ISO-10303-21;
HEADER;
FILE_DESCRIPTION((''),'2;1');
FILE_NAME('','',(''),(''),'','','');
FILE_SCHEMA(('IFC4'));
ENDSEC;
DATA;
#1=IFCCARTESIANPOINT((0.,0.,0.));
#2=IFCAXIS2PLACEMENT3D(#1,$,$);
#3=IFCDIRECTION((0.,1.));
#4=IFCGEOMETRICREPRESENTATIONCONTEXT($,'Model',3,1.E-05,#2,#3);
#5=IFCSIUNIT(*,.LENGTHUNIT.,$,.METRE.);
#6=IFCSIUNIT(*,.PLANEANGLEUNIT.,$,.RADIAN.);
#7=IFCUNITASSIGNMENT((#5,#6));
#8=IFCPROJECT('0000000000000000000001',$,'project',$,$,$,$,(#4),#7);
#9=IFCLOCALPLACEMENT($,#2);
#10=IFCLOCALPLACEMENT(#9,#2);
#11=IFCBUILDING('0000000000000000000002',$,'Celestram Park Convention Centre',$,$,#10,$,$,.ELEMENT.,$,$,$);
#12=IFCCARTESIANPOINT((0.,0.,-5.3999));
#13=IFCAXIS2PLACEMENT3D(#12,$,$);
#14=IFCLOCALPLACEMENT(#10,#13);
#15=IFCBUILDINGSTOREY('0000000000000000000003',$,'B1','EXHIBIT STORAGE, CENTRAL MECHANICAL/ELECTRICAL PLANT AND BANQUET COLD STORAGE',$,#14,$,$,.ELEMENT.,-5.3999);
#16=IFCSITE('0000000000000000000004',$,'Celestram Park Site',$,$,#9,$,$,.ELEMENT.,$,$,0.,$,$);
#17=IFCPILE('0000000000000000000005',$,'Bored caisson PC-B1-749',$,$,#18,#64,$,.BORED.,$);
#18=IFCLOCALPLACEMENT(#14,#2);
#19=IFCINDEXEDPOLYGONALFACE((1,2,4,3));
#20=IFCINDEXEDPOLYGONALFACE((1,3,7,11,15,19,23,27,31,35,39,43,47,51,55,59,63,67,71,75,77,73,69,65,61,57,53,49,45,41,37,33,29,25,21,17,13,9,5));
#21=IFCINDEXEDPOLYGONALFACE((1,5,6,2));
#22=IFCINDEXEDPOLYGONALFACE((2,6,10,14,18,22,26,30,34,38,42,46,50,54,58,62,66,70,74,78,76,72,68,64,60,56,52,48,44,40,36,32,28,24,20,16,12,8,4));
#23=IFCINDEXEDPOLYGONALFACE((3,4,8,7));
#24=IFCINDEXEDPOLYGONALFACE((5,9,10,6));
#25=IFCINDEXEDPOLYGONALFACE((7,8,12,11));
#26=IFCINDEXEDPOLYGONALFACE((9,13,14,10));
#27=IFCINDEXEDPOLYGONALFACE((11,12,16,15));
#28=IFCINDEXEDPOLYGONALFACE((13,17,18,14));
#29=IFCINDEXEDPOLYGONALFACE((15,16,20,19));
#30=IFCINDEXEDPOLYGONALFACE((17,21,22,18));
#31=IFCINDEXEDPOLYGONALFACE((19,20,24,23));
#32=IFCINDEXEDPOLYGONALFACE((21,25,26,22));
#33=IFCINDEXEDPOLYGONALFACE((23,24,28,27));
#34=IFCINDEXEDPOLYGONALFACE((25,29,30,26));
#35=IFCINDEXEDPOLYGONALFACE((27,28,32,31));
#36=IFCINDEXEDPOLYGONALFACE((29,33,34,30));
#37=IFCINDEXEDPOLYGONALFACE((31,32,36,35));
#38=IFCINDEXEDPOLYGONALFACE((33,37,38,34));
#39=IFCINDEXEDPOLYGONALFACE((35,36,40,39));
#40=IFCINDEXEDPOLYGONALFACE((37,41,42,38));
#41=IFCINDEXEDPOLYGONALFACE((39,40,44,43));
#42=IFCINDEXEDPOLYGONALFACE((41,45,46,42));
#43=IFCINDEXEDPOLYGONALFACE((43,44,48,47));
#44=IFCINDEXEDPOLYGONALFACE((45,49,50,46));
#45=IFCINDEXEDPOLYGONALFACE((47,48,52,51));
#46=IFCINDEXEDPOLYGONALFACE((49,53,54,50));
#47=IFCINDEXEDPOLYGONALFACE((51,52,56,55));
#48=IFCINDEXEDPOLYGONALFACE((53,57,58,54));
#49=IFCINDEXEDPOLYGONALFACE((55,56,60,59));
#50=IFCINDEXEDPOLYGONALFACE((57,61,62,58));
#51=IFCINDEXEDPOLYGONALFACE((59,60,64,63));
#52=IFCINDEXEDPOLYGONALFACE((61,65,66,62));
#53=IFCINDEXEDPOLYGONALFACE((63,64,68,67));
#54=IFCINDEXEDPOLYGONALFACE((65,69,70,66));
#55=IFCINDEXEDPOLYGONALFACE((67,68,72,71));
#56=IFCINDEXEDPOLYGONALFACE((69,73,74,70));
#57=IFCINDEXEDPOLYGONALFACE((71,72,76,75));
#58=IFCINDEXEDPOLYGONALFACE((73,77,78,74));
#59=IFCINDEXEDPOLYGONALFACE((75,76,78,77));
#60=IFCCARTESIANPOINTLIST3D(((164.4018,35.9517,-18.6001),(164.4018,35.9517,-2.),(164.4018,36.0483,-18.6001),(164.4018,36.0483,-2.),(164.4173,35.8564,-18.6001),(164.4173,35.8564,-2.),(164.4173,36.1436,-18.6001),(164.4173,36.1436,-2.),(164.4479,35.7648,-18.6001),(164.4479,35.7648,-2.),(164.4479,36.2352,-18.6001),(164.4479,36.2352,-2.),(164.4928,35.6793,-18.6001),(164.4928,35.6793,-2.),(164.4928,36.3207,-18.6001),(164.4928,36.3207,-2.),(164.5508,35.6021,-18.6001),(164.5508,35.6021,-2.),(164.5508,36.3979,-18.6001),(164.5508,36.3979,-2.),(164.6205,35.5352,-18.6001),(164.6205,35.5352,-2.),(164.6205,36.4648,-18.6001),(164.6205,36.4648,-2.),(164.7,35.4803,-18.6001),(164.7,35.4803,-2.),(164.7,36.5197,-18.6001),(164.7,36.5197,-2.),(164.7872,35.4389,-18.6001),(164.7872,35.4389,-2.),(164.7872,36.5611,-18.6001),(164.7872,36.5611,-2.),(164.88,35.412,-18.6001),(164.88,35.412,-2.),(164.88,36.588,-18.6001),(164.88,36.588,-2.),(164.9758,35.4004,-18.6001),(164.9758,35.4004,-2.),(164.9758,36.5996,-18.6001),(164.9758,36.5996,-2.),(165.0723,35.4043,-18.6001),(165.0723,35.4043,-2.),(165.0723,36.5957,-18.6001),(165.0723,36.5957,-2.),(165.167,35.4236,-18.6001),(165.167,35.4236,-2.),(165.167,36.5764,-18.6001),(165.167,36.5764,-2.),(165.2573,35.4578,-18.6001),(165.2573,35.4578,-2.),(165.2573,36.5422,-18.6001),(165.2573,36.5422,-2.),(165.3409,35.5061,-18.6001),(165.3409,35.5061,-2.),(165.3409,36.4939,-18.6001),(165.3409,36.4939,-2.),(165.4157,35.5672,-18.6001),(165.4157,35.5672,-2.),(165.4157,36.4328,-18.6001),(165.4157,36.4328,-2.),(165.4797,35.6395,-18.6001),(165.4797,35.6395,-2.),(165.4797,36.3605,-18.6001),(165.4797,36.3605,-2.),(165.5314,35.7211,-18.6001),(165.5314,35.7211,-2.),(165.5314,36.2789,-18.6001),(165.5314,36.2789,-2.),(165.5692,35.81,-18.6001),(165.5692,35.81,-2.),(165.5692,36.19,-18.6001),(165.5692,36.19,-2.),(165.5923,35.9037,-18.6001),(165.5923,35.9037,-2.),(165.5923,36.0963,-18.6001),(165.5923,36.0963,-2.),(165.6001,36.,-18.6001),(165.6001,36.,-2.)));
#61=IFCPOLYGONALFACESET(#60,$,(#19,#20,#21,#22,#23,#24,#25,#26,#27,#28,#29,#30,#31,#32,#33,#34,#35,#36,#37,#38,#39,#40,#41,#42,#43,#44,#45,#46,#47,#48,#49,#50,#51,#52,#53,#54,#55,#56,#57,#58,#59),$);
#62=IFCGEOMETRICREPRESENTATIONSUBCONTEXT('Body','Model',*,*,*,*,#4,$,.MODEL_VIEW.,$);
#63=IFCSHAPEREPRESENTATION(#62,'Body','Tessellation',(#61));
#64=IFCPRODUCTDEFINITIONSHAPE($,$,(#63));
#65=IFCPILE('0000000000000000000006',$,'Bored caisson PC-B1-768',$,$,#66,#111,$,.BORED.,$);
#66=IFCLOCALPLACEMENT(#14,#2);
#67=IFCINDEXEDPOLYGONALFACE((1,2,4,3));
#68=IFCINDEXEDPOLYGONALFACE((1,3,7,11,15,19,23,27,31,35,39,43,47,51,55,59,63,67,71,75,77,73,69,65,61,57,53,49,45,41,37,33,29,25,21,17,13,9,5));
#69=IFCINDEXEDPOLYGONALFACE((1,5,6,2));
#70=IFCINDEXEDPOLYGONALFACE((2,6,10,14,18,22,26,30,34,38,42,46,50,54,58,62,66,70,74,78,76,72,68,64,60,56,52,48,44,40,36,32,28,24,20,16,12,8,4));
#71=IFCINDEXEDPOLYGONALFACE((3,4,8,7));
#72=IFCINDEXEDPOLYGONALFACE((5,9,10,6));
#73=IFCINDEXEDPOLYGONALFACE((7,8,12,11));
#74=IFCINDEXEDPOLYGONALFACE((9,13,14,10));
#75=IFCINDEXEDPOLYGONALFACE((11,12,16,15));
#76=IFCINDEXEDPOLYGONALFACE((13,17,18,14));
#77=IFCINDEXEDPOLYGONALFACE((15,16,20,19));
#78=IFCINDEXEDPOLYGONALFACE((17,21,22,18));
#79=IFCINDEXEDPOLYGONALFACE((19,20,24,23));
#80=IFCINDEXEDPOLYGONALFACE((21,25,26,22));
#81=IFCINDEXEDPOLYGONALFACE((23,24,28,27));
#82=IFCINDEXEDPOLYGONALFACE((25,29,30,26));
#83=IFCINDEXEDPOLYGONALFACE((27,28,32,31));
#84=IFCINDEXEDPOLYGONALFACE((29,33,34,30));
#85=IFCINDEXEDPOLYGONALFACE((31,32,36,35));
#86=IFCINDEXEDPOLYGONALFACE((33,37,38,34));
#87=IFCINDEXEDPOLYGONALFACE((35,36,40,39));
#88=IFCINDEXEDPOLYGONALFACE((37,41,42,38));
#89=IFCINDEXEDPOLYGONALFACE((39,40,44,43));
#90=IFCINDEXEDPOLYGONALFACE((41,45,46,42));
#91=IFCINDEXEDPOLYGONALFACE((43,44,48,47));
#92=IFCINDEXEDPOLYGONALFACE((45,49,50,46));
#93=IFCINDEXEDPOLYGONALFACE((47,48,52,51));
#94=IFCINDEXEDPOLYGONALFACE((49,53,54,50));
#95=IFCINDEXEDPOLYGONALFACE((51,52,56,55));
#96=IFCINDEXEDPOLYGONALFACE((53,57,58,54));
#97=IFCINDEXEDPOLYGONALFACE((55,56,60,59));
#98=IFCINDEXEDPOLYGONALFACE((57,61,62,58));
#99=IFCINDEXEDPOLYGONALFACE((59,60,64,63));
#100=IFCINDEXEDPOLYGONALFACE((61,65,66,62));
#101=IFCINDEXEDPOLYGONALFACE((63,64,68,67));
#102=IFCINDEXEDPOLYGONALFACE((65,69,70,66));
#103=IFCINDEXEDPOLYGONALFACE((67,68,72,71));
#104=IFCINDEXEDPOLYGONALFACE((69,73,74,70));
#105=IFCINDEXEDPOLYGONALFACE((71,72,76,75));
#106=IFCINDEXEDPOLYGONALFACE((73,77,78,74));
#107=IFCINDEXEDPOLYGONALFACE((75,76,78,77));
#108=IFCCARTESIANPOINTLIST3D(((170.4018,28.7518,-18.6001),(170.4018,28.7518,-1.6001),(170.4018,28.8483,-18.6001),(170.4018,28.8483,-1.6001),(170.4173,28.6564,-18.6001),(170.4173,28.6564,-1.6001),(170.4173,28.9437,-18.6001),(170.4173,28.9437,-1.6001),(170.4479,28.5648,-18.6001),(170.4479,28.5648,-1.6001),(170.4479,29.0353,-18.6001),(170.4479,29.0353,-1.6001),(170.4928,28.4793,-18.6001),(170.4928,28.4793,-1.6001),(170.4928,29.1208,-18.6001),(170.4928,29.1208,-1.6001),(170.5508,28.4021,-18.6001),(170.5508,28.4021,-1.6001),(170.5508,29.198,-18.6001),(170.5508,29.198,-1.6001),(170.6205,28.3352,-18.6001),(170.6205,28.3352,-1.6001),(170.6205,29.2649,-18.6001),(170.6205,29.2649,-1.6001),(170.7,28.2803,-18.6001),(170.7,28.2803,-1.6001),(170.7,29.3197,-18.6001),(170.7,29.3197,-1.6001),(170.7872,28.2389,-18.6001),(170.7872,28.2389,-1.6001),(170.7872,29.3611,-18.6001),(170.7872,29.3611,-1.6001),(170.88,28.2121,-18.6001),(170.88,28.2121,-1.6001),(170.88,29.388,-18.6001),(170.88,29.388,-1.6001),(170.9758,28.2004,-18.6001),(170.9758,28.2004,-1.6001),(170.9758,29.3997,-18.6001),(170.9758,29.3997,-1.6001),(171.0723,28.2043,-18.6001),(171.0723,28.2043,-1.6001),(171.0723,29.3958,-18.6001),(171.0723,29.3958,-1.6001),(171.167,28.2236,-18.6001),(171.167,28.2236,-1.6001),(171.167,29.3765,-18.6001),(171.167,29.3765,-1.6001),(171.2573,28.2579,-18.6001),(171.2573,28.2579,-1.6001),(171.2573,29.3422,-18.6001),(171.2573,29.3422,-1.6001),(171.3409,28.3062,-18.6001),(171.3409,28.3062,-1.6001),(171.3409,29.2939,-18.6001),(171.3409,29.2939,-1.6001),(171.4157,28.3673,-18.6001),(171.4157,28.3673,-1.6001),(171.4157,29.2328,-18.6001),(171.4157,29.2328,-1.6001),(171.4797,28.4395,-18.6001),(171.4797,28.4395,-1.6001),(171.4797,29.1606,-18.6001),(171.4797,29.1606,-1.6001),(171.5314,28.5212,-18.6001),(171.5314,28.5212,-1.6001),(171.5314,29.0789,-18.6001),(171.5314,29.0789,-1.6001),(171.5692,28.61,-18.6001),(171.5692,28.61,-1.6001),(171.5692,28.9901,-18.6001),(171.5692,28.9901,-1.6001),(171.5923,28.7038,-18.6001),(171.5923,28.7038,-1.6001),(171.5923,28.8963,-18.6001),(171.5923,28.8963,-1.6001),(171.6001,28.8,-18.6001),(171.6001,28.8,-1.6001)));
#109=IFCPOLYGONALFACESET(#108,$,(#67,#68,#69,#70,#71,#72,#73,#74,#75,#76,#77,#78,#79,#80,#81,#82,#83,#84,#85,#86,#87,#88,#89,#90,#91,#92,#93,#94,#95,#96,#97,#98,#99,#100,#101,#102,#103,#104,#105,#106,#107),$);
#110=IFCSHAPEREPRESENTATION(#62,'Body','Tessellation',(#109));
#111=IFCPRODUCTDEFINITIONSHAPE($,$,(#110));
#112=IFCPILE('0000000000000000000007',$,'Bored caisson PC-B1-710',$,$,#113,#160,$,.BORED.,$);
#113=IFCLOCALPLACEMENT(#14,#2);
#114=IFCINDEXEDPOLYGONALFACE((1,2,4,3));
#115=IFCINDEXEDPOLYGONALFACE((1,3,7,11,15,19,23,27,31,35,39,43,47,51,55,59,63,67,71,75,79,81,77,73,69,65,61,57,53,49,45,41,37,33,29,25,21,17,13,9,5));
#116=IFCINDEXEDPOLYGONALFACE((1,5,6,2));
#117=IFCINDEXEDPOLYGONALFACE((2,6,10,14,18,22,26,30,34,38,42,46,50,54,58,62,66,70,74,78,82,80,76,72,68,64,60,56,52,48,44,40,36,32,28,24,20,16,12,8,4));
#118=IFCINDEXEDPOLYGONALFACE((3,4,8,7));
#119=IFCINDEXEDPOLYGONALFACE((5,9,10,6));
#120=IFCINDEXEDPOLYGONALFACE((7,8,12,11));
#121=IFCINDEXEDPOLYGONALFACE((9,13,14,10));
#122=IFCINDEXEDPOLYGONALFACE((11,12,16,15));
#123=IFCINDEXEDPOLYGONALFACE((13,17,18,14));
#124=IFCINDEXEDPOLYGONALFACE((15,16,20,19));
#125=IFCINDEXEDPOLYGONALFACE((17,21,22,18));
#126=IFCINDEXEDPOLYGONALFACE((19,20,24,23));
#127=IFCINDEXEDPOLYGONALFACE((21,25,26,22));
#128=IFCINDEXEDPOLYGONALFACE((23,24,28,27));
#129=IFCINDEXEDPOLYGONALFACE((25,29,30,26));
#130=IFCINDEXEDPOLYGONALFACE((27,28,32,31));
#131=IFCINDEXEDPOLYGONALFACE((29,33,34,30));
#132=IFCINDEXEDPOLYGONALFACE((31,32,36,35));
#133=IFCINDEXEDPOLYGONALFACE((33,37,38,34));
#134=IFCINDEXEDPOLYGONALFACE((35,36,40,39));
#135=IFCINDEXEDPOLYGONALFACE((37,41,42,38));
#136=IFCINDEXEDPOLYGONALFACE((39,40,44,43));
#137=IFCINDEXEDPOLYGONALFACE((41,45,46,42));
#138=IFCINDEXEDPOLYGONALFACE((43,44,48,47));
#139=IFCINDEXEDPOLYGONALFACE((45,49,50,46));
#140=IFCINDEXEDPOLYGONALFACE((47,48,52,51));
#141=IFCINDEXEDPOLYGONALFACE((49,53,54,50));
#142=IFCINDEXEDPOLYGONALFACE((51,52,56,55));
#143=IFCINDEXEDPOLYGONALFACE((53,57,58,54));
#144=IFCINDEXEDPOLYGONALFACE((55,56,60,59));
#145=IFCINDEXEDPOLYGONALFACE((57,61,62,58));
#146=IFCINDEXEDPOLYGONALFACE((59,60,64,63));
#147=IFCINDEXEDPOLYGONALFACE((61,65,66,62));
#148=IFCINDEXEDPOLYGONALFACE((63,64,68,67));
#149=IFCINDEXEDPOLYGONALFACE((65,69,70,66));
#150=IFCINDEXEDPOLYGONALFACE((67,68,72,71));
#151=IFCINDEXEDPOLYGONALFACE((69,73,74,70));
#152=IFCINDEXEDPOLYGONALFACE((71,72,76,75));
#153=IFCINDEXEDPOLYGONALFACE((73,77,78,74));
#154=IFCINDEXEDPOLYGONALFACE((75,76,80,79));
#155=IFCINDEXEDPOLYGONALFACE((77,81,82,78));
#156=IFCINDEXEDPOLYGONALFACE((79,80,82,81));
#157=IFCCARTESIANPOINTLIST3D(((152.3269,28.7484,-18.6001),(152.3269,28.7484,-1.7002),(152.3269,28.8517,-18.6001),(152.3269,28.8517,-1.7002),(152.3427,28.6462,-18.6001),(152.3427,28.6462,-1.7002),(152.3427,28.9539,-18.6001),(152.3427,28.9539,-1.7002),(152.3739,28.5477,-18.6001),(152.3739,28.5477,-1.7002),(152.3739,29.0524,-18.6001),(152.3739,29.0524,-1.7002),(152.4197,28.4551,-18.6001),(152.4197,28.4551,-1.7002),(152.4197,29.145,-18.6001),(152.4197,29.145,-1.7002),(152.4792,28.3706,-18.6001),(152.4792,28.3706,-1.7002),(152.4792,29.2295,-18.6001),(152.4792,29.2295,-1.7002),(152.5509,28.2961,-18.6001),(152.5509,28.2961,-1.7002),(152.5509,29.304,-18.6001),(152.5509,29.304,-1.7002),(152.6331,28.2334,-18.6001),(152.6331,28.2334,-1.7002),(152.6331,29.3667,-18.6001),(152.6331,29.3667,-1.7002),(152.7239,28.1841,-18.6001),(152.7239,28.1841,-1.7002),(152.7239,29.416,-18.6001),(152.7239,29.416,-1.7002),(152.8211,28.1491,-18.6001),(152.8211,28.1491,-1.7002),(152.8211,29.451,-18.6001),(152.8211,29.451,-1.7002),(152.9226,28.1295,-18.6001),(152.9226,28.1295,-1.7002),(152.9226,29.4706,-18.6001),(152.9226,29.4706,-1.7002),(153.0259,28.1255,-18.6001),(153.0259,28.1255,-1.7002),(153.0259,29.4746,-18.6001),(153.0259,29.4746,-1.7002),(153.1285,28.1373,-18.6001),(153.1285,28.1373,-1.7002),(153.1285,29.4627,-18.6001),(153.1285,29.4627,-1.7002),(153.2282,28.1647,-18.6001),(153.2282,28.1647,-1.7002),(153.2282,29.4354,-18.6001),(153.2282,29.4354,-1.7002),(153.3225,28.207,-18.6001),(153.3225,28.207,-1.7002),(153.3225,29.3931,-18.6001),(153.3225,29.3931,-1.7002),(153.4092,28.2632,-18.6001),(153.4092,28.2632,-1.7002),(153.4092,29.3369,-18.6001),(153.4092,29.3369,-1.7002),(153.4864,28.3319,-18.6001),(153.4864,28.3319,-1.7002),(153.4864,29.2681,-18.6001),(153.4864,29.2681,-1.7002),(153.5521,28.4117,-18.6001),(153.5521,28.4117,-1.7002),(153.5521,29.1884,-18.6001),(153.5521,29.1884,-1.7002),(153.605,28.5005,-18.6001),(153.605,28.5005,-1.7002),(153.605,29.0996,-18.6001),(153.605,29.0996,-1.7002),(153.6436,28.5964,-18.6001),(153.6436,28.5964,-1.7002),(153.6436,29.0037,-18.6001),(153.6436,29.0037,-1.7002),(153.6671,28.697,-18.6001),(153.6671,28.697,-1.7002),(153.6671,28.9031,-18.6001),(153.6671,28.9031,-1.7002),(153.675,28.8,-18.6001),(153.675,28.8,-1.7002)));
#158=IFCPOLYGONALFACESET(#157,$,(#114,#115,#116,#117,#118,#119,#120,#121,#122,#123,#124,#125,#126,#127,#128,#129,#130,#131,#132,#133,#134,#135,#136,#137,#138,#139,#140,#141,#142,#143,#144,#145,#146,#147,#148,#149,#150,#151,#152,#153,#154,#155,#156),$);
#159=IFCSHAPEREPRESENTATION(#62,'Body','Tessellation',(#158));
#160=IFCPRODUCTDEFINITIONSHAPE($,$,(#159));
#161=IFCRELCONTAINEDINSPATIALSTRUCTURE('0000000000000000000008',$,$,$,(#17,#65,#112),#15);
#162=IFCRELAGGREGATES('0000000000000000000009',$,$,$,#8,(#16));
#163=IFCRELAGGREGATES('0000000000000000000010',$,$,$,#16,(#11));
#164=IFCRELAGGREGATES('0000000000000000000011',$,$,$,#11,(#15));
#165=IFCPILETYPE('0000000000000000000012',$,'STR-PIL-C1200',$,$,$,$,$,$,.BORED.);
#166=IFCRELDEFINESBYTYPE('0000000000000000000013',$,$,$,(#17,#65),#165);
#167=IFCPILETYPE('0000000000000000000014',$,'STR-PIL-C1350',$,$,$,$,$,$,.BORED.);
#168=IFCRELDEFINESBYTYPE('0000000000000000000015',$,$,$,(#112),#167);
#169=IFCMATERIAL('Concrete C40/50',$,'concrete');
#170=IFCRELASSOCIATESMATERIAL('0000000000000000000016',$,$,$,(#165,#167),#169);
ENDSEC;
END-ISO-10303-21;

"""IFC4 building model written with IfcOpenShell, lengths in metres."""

from ifc_helpers import new_model, si_unit, direction, frame, origin, origin_2d, place, context, subcontext, project, spatial, circle, extrude, material, material_profile, profile_set, type_object, element, save


model = new_model("IFC4")

# Units and contexts
model_context = context("Model", 3, precision=1e-05, world=origin(), true_north=direction((0.0, 1.0)))
body_context = subcontext(model_context, "Body", "Model", "MODEL_VIEW")
ifc_project = project(units=[si_unit("LENGTHUNIT", "METRE"), si_unit("PLANEANGLEUNIT", "RADIAN")], contexts=[model_context])

# Site, building, storey
site_placement = place(None, origin())
site = spatial("IfcSite", under=ifc_project, at=site_placement, Name="Celestram Park Site", CompositionType="ELEMENT", RefElevation=0.0)
building_placement = place(site_placement, origin())
building = spatial("IfcBuilding", under=site, at=building_placement, Name="Celestram Park Convention Centre", CompositionType="ELEMENT")
storey_placement = place(building_placement, frame((0.0, 0.0, -5.3999)))
storey = spatial("IfcBuildingStorey", under=building, at=storey_placement, Name="B1", Description="EXHIBIT STORAGE, CENTRAL MECHANICAL/ELECTRICAL PLANT AND BANQUET COLD STORAGE", CompositionType="ELEMENT", Elevation=-5.3999)

# Shared definitions
ifc_material_1 = material(Name="Concrete C40/50", Category="concrete")

# Piles
ifc_material_profile_1 = material_profile(ifc_material_1, circle(Radius=0.6001, at=origin_2d()), Name="CAISSON1200")
ifc_profile_set_1 = profile_set([ifc_material_profile_1], Name="Concrete C40/50")
pile_type_1 = type_object("IfcPileType", Name="STR-PIL-C1200", PredefinedType="BORED", material=ifc_profile_set_1)
for number, where, z_axis, x_axis, name in (
    (1, (165.0, 36.0, -2.0), (0.0, 0.0, -1.0), (1.0, 0.0, 0.0), "Bored caisson PC-B1-749"),
):
    element("IfcPile", number, at=place(storey_placement, frame(where, z_axis=z_axis, x_axis=x_axis)), inside=storey, type_object=pile_type_1, Name=name, PredefinedType="BORED", context=body_context, shape_type="SweptSolid", body=[
        extrude(circle(Radius=0.6001, at=origin_2d()), origin(), (0.0, 0.0, 1.0), 16.6001),
    ])
pile_placement = place(storey_placement, frame((171.0, 28.8, -1.6001), z_axis=(0.0, 0.0, -1.0), x_axis=(1.0, 0.0, 0.0)))
element("IfcPile", 2, at=pile_placement, inside=storey, type_object=pile_type_1, Name="Bored caisson PC-B1-768", PredefinedType="BORED", context=body_context, shape_type="SweptSolid", body=[
    extrude(circle(Radius=0.6001, at=origin_2d()), origin(), (0.0, 0.0, 1.0), 17.0),
])
ifc_material_profile_2 = material_profile(ifc_material_1, circle(Radius=0.675, at=origin_2d()), Name="CAISSON1350")
ifc_profile_set_2 = profile_set([ifc_material_profile_2], Name="Concrete C40/50")
pile_type_2 = type_object("IfcPileType", Name="STR-PIL-C1350", PredefinedType="BORED", material=ifc_profile_set_2)
for number, where, z_axis, x_axis, name in (
    (3, (153.0, 28.8, -1.7002), (0.0, 0.0, -1.0), (1.0, 0.0, 0.0), "Bored caisson PC-B1-710"),
):
    element("IfcPile", number, at=place(storey_placement, frame(where, z_axis=z_axis, x_axis=x_axis)), inside=storey, type_object=pile_type_2, Name=name, PredefinedType="BORED", context=body_context, shape_type="SweptSolid", body=[
        extrude(circle(Radius=0.675, at=origin_2d()), origin(), (0.0, 0.0, 1.0), 16.8999),
    ])

save(model, "model.ifc")
